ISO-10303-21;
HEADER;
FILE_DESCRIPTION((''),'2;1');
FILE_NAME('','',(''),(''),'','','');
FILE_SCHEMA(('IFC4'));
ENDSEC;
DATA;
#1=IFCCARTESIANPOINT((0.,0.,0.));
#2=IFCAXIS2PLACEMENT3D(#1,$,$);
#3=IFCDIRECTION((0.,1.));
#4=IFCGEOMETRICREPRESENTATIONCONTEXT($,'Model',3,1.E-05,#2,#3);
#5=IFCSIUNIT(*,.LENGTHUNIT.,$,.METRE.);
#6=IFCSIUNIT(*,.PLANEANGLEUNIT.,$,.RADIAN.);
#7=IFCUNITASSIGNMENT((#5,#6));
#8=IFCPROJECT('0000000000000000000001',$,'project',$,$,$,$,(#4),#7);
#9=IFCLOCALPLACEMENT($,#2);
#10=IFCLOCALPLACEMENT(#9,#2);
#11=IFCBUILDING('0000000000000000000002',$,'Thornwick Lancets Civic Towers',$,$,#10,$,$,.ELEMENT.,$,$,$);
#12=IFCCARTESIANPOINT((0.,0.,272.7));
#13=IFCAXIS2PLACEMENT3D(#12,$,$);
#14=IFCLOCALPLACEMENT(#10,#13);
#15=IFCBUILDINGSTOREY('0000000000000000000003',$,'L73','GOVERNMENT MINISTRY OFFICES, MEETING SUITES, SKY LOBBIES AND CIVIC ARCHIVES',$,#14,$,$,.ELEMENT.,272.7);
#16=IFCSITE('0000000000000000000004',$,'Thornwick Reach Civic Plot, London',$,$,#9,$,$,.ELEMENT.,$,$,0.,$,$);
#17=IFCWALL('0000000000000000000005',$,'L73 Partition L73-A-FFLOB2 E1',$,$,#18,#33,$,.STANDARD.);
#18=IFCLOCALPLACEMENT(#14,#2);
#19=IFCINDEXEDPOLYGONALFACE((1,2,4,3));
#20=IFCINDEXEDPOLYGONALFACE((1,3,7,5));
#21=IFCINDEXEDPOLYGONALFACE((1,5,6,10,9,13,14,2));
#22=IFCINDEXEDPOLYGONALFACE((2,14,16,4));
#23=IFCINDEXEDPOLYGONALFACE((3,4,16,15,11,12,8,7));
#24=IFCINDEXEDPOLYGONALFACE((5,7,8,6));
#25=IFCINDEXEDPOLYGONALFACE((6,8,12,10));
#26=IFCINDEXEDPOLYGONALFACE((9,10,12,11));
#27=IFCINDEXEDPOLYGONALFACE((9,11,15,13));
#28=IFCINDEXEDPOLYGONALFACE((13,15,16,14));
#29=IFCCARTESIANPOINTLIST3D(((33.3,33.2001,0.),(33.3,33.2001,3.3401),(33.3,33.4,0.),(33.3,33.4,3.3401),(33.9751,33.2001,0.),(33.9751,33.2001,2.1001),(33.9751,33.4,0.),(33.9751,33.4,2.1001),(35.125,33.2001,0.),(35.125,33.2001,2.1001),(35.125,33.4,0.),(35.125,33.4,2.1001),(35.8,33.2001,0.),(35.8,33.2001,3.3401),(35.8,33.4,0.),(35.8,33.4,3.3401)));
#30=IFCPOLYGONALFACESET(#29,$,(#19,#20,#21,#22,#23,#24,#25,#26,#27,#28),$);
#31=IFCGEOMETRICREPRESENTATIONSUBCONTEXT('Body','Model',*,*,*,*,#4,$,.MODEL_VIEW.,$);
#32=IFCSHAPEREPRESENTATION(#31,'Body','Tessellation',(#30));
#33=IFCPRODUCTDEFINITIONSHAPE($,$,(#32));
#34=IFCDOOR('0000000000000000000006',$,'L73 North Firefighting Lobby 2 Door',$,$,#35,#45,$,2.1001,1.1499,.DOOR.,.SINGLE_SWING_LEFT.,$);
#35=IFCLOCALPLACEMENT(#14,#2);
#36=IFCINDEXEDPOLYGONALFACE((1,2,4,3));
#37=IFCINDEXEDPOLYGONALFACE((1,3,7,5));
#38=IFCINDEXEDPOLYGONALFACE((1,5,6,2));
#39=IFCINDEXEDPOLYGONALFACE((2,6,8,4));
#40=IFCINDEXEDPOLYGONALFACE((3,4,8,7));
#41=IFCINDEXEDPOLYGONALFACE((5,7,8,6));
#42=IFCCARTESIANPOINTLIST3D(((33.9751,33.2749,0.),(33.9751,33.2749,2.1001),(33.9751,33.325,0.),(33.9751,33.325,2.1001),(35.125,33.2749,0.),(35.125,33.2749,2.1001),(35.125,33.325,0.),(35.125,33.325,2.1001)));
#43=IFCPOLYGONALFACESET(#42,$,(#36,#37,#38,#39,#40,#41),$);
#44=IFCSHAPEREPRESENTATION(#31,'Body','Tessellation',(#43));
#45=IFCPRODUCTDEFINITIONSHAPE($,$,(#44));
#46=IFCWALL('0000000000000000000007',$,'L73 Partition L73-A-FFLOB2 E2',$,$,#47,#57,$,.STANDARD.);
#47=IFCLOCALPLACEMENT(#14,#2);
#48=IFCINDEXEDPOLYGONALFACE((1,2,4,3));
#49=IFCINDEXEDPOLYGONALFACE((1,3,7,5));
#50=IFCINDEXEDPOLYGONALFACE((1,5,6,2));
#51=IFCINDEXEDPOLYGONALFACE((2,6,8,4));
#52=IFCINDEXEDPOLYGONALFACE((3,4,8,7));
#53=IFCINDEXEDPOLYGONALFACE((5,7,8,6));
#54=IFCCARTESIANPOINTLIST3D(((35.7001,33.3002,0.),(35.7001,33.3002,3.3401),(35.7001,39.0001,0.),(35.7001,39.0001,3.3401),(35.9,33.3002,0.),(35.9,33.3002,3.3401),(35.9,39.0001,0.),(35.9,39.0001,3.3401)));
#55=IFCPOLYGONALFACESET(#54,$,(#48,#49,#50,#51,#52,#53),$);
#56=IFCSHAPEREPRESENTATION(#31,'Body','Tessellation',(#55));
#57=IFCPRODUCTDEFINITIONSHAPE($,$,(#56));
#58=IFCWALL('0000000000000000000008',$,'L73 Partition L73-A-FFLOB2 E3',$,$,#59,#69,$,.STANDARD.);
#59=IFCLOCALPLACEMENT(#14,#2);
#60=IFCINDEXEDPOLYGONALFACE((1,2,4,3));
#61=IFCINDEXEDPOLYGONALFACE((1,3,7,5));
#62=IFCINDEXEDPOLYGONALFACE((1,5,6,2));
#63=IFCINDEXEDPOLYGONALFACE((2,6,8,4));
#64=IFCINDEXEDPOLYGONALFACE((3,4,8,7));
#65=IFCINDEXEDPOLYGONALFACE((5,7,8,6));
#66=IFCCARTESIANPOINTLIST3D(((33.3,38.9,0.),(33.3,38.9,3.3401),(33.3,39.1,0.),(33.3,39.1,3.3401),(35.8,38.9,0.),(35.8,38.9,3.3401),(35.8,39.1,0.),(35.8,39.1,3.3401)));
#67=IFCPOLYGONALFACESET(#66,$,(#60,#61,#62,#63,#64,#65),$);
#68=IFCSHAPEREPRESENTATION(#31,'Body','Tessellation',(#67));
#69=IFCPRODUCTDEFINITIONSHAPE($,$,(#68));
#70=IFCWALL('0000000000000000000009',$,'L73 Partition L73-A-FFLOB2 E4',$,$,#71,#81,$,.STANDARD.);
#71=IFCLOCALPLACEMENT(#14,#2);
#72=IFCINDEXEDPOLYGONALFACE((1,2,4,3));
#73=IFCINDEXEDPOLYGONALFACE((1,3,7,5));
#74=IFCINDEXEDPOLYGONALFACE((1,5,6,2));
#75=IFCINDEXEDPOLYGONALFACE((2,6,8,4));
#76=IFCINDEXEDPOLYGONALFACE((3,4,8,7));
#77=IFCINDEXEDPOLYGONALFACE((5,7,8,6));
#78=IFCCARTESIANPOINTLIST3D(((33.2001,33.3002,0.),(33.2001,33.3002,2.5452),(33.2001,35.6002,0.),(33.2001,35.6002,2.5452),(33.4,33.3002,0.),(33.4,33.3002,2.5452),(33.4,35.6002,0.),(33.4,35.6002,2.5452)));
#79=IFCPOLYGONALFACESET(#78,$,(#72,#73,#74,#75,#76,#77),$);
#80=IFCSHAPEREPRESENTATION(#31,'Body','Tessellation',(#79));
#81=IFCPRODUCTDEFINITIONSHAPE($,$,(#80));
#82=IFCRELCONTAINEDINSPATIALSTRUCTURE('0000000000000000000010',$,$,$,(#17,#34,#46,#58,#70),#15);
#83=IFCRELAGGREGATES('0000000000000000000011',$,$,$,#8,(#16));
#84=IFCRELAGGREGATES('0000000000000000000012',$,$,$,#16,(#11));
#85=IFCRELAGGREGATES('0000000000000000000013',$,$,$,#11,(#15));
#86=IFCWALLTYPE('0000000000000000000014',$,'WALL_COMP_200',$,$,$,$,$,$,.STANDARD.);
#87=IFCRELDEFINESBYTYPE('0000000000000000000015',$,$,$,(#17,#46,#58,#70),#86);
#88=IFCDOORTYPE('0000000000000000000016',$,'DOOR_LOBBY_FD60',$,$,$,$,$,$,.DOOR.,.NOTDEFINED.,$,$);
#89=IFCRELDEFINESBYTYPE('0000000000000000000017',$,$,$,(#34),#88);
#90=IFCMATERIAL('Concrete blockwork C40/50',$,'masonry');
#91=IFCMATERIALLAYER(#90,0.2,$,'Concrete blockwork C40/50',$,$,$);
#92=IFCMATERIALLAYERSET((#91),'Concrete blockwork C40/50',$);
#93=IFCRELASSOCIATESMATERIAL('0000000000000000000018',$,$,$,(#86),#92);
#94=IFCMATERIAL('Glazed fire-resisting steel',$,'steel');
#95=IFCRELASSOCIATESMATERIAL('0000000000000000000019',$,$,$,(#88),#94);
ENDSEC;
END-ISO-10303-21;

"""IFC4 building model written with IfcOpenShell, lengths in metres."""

from ifc_helpers import new_model, si_unit, direction, frame, frame_2d, origin, place, context, subcontext, project, spatial, rectangle, extrude, material, layer, layer_set, type_object, element, fill, save


model = new_model("IFC4")

# Units and contexts
model_context = context("Model", 3, precision=1e-05, world=origin(), true_north=direction((0.0, 1.0)))
body_context = subcontext(model_context, "Body", "Model", "MODEL_VIEW")
ifc_project = project(units=[si_unit("LENGTHUNIT", "METRE"), si_unit("PLANEANGLEUNIT", "RADIAN")], contexts=[model_context])

# Site, building, storey
site_placement = place(None, origin())
site = spatial("IfcSite", under=ifc_project, at=site_placement, Name="Thornwick Reach Civic Plot, London", CompositionType="ELEMENT", RefElevation=0.0)
building_placement = place(site_placement, origin())
building = spatial("IfcBuilding", under=site, at=building_placement, Name="Thornwick Lancets Civic Towers", CompositionType="ELEMENT")
storey_placement = place(building_placement, frame((0.0, 0.0, 272.7)))
storey = spatial("IfcBuildingStorey", under=building, at=storey_placement, Name="L73", Description="GOVERNMENT MINISTRY OFFICES, MEETING SUITES, SKY LOBBIES AND CIVIC ARCHIVES", CompositionType="ELEMENT", Elevation=272.7)

# Wall, opening, door
ifc_material_1 = material(Name="Concrete blockwork C40/50", Category="masonry")
ifc_layer_1 = layer(ifc_material_1, 0.2, Name="Concrete blockwork C40/50")
ifc_layer_set_1 = layer_set([ifc_layer_1], Name="Concrete blockwork C40/50")
wall_type_1 = type_object("IfcWallType", Name="WALL_COMP_200", PredefinedType="STANDARD", material=ifc_layer_set_1)
wall_1_placement = place(storey_placement, frame((33.3, 33.3, 0.0), z_axis=(0.0, 0.0, 1.0), x_axis=(1.0, 0.0, 0.0)))
wall_1 = element("IfcWall", 1, at=wall_1_placement, inside=storey, type_object=wall_type_1, Name="L73 Partition L73-A-FFLOB2 E1", PredefinedType="STANDARD", context=body_context, shape_type="SweptSolid", body=[
    extrude(rectangle(XDim=2.5, YDim=0.2, at=frame_2d((1.25, 0.0))), origin(), (0.0, 0.0, 1.0), 3.3401),
])
opening_1_placement = place(wall_1_placement, frame((0.675, 0.0, 0.0)))
opening_1 = element("IfcOpeningElement", 2, at=opening_1_placement, cuts=wall_1, PredefinedType="OPENING", context=body_context, shape_type="SweptSolid", body=[
    extrude(rectangle(XDim=1.1499, YDim=2.1001, at=frame_2d((0.575, 1.05))), frame((0.0, 0.1099, 0.0), z_axis=(0.0, -1.0, 0.0), x_axis=(1.0, 0.0, 0.0)), (0.0, 0.0, 1.0), 0.22),
])
ifc_material_2 = material(Name="Glazed fire-resisting steel", Category="steel")
door_type = type_object("IfcDoorType", Name="DOOR_LOBBY_FD60", OperationType="NOTDEFINED", PredefinedType="DOOR", material=ifc_material_2)
door_placement = place(opening_1_placement, origin())
door = element("IfcDoor", 3, at=door_placement, inside=storey, type_object=door_type, Name="L73 North Firefighting Lobby 2 Door", OperationType="SINGLE_SWING_LEFT", OverallHeight=2.1001, OverallWidth=1.1499, PredefinedType="DOOR", context=body_context, shape_type="SweptSolid", body=[
    extrude(rectangle(XDim=1.1499, YDim=2.1001, at=frame_2d((0.575, 1.05))), frame((0.0, 0.0249, 0.0), z_axis=(0.0, -1.0, 0.0), x_axis=(1.0, 0.0, 0.0)), (0.0, 0.0, 1.0), 0.05),
])
fill(opening_1, door)

# Walls
wall_2_placement = place(storey_placement, frame((35.8, 33.3, 0.0), z_axis=(0.0, 0.0, 1.0), x_axis=(0.0, 1.0, 0.0)))
element("IfcWall", 4, at=wall_2_placement, inside=storey, type_object=wall_type_1, Name="L73 Partition L73-A-FFLOB2 E2", PredefinedType="STANDARD", context=body_context, shape_type="SweptSolid", body=[
    extrude(rectangle(XDim=5.7, YDim=0.2, at=frame_2d((2.8501, 0.0))), origin(), (0.0, 0.0, 1.0), 3.3401),
])
wall_3_placement = place(storey_placement, frame((35.8, 39.0, 0.0), z_axis=(0.0, 0.0, 1.0), x_axis=(-1.0, 0.0, 0.0)))
element("IfcWall", 5, at=wall_3_placement, inside=storey, type_object=wall_type_1, Name="L73 Partition L73-A-FFLOB2 E3", PredefinedType="STANDARD", context=body_context, shape_type="SweptSolid", body=[
    extrude(rectangle(XDim=2.5, YDim=0.2, at=frame_2d((1.25, 0.0))), origin(), (0.0, 0.0, 1.0), 3.3401),
])
wall_4_placement = place(storey_placement, frame((33.3, 35.6001, 0.0), z_axis=(0.0, 0.0, 1.0), x_axis=(0.0, -1.0, 0.0)))
element("IfcWall", 6, at=wall_4_placement, inside=storey, type_object=wall_type_1, Name="L73 Partition L73-A-FFLOB2 E4", PredefinedType="STANDARD", context=body_context, shape_type="SweptSolid", body=[
    extrude(rectangle(XDim=2.3, YDim=0.2, at=frame_2d((1.1499, 0.0))), origin(), (0.0, 0.0, 1.0), 2.5452),
])

save(model, "model.ifc")
